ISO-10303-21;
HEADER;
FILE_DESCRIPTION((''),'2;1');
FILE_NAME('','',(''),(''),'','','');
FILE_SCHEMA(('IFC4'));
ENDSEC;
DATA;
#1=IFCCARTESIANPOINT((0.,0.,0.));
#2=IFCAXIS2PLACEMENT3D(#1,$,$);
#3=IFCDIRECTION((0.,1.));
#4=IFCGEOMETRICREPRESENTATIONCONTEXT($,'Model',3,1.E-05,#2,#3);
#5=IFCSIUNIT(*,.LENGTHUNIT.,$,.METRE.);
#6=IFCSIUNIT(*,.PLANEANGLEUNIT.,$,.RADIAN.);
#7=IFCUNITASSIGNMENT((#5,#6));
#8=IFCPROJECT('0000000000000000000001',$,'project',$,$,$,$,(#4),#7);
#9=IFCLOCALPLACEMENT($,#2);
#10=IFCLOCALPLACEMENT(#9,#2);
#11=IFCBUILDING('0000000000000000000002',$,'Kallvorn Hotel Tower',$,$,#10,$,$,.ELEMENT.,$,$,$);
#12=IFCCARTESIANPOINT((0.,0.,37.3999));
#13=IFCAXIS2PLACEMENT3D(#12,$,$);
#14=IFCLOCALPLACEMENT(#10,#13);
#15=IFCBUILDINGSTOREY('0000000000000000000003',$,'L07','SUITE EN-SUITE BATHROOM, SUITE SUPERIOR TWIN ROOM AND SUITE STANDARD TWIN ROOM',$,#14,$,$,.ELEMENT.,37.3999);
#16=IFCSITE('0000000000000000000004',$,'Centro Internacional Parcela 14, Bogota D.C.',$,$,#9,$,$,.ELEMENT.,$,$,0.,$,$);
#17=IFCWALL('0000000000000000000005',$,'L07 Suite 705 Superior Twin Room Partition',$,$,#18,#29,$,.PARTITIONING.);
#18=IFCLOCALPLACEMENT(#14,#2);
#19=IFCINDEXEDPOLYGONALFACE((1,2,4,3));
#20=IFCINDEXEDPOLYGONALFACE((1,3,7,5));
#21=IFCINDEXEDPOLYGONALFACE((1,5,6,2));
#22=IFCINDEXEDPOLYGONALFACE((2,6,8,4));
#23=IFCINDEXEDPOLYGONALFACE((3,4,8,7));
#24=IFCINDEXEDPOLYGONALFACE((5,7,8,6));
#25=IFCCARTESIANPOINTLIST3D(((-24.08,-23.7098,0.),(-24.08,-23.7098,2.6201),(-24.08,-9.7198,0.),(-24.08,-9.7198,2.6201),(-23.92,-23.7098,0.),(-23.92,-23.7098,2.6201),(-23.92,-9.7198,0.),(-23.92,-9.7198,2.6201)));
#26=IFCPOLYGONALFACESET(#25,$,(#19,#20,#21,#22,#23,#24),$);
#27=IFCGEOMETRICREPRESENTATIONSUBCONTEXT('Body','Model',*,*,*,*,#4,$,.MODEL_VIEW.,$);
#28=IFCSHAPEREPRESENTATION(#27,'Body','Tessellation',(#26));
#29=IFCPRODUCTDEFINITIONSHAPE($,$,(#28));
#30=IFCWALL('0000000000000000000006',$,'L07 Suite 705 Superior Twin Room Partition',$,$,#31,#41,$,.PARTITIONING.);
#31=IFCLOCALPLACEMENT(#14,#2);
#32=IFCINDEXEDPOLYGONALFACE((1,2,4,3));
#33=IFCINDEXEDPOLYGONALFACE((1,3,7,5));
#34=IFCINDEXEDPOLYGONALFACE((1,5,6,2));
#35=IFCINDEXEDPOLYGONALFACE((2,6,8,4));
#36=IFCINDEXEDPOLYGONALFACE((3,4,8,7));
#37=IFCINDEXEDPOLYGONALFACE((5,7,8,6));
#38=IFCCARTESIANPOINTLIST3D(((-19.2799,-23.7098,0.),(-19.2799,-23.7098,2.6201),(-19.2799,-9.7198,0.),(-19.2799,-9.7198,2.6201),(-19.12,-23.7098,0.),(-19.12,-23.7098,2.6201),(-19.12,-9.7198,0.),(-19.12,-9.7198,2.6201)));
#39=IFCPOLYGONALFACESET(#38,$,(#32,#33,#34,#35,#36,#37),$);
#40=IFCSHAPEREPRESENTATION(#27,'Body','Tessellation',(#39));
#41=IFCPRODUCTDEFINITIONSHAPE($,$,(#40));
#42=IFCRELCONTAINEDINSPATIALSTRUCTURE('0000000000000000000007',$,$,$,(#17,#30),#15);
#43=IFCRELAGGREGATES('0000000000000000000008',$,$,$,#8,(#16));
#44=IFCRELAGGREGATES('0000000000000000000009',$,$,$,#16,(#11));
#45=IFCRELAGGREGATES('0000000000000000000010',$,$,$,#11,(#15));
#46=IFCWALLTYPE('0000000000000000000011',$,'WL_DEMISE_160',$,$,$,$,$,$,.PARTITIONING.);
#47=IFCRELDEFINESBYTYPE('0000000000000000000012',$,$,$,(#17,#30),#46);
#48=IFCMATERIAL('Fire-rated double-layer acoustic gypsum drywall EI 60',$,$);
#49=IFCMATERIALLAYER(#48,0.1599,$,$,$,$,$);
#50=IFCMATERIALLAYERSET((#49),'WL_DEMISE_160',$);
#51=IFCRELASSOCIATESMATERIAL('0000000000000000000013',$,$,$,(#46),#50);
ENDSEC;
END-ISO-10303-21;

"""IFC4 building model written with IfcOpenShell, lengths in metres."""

from ifc_helpers import new_model, si_unit, direction, frame, frame_2d, origin, place, context, subcontext, project, spatial, rectangle, extrude, material, layer, layer_set, type_object, element, save


model = new_model("IFC4")

# Units and contexts
model_context = context("Model", 3, precision=1e-05, world=origin(), true_north=direction((0.0, 1.0)))
body_context = subcontext(model_context, "Body", "Model", "MODEL_VIEW")
ifc_project = project(units=[si_unit("LENGTHUNIT", "METRE"), si_unit("PLANEANGLEUNIT", "RADIAN")], contexts=[model_context])

# Site, building, storey
site_placement = place(None, origin())
site = spatial("IfcSite", under=ifc_project, at=site_placement, Name="Centro Internacional Parcela 14, Bogota D.C.", CompositionType="ELEMENT", RefElevation=0.0)
building_placement = place(site_placement, origin())
building = spatial("IfcBuilding", under=site, at=building_placement, Name="Kallvorn Hotel Tower", CompositionType="ELEMENT")
storey_placement = place(building_placement, frame((0.0, 0.0, 37.3999)))
storey = spatial("IfcBuildingStorey", under=building, at=storey_placement, Name="L07", Description="SUITE EN-SUITE BATHROOM, SUITE SUPERIOR TWIN ROOM AND SUITE STANDARD TWIN ROOM", CompositionType="ELEMENT", Elevation=37.3999)

# Walls
ifc_material_1 = material(Name="Fire-rated double-layer acoustic gypsum drywall EI 60")
ifc_layer_1 = layer(ifc_material_1, 0.1599)
ifc_layer_set_1 = layer_set([ifc_layer_1], Name="WL_DEMISE_160")
wall_type = type_object("IfcWallType", Name="WL_DEMISE_160", PredefinedType="PARTITIONING", material=ifc_layer_set_1)
for number, where, z_axis, x_axis, name in (
    (1, (-24.0, -23.71, 0.0), (0.0, 0.0, 1.0), (0.0, 1.0, 0.0), "L07 Suite 705 Superior Twin Room Partition"),
    (2, (-19.2, -23.71, 0.0), (0.0, 0.0, 1.0), (0.0, 1.0, 0.0), "L07 Suite 705 Superior Twin Room Partition"),
):
    element("IfcWall", number, at=place(storey_placement, frame(where, z_axis=z_axis, x_axis=x_axis)), inside=storey, type_object=wall_type, Name=name, PredefinedType="PARTITIONING", context=body_context, shape_type="SweptSolid", body=[
        extrude(rectangle(XDim=13.99, YDim=0.1599, at=frame_2d((6.9951, 0.0))), origin(), (0.0, 0.0, 1.0), 2.6201),
    ])

save(model, "model.ifc")
